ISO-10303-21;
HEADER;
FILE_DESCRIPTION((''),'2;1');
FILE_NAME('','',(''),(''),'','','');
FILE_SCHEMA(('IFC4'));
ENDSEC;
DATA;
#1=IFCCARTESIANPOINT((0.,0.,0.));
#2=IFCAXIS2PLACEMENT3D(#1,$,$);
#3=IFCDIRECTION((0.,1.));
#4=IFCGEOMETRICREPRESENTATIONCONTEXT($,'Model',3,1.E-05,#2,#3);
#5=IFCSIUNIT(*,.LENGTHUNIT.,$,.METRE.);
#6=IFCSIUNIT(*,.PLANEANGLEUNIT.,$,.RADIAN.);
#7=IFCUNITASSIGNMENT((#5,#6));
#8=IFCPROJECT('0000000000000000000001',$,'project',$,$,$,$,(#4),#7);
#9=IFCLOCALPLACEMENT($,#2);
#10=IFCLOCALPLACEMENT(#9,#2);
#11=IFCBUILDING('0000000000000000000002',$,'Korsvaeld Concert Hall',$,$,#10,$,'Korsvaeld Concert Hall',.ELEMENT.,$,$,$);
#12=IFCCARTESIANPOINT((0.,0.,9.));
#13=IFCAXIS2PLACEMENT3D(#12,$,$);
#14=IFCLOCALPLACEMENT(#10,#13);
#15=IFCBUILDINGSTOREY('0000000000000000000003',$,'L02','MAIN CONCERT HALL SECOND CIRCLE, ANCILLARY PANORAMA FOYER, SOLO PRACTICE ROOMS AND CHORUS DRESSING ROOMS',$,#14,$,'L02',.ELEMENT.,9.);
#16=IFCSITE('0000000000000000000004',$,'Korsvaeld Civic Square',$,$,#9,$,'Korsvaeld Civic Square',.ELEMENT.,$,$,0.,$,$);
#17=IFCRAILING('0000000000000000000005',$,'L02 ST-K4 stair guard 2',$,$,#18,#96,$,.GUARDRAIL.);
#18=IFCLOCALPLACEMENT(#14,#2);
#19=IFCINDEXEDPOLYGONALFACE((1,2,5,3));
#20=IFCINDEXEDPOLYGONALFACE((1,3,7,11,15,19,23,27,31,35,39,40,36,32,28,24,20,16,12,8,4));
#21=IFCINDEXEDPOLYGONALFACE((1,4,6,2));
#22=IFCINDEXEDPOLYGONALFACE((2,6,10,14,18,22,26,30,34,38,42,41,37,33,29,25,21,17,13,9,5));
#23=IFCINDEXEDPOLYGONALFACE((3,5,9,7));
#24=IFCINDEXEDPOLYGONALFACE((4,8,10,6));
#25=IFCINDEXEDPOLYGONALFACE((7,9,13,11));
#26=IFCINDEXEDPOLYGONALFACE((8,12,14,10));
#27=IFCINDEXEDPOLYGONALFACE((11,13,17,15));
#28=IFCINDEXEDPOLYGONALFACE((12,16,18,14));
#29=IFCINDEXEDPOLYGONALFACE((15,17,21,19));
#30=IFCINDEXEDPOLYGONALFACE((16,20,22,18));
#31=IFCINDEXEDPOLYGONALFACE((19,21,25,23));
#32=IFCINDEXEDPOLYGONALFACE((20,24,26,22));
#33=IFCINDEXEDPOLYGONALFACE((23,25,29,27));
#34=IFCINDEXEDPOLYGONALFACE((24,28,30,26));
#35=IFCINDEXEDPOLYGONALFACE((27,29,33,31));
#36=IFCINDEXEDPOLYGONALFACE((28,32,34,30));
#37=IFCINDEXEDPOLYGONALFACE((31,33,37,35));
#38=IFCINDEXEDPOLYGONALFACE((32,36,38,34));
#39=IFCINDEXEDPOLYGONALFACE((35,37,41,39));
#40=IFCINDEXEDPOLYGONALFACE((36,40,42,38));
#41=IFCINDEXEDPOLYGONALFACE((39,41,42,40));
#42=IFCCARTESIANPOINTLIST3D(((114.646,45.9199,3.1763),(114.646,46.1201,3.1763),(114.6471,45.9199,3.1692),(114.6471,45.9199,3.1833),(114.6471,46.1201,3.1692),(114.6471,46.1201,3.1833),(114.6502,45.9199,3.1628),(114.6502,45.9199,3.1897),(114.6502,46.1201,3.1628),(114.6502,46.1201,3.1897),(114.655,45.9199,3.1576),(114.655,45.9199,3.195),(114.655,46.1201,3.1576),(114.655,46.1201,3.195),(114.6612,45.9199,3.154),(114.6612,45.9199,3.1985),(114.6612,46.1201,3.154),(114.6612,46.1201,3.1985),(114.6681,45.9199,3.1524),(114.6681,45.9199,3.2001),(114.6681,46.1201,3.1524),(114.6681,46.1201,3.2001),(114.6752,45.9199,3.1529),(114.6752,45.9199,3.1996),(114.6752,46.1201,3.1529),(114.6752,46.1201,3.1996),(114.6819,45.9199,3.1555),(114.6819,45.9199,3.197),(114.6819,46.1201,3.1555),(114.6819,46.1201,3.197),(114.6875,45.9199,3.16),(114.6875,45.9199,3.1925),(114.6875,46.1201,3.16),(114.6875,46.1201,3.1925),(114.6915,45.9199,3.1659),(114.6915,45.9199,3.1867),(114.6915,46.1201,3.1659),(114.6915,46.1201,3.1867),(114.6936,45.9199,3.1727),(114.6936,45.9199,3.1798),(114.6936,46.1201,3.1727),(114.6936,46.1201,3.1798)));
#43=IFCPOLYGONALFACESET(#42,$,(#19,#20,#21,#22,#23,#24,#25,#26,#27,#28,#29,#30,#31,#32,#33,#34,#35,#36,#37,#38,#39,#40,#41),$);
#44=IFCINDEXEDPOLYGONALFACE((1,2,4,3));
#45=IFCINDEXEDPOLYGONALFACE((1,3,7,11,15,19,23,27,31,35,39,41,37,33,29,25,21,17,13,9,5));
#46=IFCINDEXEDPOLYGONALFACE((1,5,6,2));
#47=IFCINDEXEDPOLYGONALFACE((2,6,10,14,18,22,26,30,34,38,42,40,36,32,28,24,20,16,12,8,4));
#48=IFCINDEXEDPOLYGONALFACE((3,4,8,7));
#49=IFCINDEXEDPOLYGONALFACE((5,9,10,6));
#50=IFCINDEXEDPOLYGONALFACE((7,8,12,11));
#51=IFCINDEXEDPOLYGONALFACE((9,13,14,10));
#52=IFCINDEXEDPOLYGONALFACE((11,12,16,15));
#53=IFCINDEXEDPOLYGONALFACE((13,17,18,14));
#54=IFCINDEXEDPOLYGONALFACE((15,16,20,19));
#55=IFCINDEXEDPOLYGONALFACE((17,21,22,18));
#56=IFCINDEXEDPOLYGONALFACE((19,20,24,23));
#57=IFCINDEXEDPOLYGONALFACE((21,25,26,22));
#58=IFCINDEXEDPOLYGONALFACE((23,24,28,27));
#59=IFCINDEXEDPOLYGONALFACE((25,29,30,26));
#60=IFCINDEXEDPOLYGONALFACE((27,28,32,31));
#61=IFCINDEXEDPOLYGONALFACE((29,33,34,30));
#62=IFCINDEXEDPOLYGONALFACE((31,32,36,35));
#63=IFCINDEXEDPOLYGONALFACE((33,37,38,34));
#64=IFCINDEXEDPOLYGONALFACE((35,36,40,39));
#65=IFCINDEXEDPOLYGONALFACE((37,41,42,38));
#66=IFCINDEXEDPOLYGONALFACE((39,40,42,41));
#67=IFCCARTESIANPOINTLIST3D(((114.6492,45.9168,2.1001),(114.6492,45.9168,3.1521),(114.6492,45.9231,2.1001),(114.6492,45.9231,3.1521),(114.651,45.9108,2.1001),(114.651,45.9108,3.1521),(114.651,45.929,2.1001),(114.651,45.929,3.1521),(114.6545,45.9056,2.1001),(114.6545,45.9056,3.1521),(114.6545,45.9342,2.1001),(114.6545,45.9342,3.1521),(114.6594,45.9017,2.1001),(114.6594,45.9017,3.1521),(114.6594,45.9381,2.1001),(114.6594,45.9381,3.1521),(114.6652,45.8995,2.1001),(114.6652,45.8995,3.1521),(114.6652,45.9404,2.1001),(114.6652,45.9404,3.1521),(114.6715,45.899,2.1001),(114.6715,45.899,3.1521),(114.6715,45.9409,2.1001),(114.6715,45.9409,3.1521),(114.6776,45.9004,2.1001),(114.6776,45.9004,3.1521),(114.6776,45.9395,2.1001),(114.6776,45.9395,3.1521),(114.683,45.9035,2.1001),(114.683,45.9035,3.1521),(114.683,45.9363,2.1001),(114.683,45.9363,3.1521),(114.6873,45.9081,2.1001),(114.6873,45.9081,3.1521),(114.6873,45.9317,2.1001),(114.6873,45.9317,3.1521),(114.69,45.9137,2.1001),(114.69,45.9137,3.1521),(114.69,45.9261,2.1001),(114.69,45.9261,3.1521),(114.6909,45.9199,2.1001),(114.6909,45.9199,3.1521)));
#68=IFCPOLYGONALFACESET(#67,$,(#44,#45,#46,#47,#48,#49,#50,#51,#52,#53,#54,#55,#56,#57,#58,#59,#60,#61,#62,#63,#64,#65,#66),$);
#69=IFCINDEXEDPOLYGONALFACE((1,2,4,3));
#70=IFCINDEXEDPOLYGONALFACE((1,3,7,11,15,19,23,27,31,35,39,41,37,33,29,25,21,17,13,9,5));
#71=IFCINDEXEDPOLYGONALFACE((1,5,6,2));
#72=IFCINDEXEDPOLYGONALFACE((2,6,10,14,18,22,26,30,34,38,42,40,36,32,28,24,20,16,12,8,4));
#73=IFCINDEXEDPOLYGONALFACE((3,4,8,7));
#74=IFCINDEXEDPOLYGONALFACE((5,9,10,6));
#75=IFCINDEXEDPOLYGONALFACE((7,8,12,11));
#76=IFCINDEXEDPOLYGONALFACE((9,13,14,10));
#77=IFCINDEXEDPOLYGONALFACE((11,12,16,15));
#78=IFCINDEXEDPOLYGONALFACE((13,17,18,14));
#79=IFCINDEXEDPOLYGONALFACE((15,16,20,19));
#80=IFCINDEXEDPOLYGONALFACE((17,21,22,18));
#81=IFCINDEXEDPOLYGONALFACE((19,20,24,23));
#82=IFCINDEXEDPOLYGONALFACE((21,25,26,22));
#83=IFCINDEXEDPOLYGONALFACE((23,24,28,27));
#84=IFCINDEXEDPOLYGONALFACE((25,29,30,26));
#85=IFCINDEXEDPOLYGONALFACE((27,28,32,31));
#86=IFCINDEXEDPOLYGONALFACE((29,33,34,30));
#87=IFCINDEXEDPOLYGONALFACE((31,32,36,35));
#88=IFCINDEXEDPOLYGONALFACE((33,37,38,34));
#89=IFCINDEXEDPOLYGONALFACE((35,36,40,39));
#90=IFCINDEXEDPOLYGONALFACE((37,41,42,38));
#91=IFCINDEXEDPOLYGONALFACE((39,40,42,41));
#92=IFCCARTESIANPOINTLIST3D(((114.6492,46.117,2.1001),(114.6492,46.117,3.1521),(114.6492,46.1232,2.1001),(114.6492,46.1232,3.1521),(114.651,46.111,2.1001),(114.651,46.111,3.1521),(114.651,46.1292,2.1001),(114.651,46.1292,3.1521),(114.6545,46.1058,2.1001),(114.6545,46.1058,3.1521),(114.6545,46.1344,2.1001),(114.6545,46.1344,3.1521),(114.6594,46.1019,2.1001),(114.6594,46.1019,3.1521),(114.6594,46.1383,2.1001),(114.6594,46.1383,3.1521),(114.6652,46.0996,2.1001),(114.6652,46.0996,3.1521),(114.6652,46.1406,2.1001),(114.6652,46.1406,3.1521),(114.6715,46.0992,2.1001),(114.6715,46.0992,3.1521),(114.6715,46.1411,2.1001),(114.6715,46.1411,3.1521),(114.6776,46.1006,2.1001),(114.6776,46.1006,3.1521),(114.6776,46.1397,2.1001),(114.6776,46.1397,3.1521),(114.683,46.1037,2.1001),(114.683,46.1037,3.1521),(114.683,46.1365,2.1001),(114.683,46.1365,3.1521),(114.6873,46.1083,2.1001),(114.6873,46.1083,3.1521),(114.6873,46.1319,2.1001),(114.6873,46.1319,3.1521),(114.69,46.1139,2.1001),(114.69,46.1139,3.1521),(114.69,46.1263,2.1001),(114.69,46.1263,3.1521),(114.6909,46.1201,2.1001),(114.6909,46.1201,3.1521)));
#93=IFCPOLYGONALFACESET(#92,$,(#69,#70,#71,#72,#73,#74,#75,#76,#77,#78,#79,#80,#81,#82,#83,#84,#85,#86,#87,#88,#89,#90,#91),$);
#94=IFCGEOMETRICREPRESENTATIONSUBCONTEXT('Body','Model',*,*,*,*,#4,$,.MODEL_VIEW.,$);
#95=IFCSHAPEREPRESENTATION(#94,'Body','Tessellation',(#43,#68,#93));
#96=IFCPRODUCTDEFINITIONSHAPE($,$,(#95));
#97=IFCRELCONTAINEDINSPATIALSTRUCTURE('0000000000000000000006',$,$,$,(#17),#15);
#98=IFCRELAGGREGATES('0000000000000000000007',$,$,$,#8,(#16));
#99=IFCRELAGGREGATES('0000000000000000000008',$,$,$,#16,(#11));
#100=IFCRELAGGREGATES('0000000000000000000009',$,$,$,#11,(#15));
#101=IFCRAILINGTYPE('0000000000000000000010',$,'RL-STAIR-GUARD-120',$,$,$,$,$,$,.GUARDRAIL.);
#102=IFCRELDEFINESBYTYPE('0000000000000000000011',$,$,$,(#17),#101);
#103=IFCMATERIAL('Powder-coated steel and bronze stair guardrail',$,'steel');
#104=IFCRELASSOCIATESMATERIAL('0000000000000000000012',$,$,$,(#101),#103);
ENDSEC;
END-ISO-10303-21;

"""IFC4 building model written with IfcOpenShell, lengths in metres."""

from ifc_helpers import new_model, si_unit, direction, frame, origin, origin_2d, place, context, subcontext, project, spatial, circle, extrude, material, type_object, element, save


model = new_model("IFC4")

# Units and contexts
model_context = context("Model", 3, precision=1e-05, world=origin(), true_north=direction((0.0, 1.0)))
body_context = subcontext(model_context, "Body", "Model", "MODEL_VIEW")
ifc_project = project(units=[si_unit("LENGTHUNIT", "METRE"), si_unit("PLANEANGLEUNIT", "RADIAN")], contexts=[model_context])

# Site, building, storey
site_placement = place(None, origin())
site = spatial("IfcSite", under=ifc_project, at=site_placement, Name="Korsvaeld Civic Square", LongName="Korsvaeld Civic Square", CompositionType="ELEMENT", RefElevation=0.0)
building_placement = place(site_placement, origin())
building = spatial("IfcBuilding", under=site, at=building_placement, Name="Korsvaeld Concert Hall", LongName="Korsvaeld Concert Hall", CompositionType="ELEMENT")
storey_placement = place(building_placement, frame((0.0, 0.0, 9.0)))
storey = spatial("IfcBuildingStorey", under=building, at=storey_placement, Name="L02", Description="MAIN CONCERT HALL SECOND CIRCLE, ANCILLARY PANORAMA FOYER, SOLO PRACTICE ROOMS AND CHORUS DRESSING ROOMS", LongName="L02", CompositionType="ELEMENT", Elevation=9.0)

# Railing
ifc_material_1 = material(Name="Powder-coated steel and bronze stair guardrail", Category="steel")
railing_type_1 = type_object("IfcRailingType", Name="RL-STAIR-GUARD-120", PredefinedType="GUARDRAIL", material=ifc_material_1)
railing_1_placement = place(storey_placement, frame((114.6699, 45.9199, 2.1001)))
element("IfcRailing", 1, at=railing_1_placement, inside=storey, type_object=railing_type_1, Name="L02 ST-K4 stair guard 2", PredefinedType="GUARDRAIL", context=body_context, shape_type="SweptSolid", body=[
    extrude(circle(Radius=0.0239, at=origin_2d()), frame((0.0, 0.0, 1.0762), z_axis=(0.0, 1.0, 0.0), x_axis=(-1.0, 0.0, 0.0)), (0.0, 0.0, 1.0), 0.2002),
    extrude(circle(Radius=0.021, at=origin_2d()), origin(), (0.0, 0.0, 1.0), 1.052),
    extrude(circle(Radius=0.021, at=origin_2d()), frame((0.0, 0.2002, 0.0)), (0.0, 0.0, 1.0), 1.052),
])

save(model, "model.ifc")
